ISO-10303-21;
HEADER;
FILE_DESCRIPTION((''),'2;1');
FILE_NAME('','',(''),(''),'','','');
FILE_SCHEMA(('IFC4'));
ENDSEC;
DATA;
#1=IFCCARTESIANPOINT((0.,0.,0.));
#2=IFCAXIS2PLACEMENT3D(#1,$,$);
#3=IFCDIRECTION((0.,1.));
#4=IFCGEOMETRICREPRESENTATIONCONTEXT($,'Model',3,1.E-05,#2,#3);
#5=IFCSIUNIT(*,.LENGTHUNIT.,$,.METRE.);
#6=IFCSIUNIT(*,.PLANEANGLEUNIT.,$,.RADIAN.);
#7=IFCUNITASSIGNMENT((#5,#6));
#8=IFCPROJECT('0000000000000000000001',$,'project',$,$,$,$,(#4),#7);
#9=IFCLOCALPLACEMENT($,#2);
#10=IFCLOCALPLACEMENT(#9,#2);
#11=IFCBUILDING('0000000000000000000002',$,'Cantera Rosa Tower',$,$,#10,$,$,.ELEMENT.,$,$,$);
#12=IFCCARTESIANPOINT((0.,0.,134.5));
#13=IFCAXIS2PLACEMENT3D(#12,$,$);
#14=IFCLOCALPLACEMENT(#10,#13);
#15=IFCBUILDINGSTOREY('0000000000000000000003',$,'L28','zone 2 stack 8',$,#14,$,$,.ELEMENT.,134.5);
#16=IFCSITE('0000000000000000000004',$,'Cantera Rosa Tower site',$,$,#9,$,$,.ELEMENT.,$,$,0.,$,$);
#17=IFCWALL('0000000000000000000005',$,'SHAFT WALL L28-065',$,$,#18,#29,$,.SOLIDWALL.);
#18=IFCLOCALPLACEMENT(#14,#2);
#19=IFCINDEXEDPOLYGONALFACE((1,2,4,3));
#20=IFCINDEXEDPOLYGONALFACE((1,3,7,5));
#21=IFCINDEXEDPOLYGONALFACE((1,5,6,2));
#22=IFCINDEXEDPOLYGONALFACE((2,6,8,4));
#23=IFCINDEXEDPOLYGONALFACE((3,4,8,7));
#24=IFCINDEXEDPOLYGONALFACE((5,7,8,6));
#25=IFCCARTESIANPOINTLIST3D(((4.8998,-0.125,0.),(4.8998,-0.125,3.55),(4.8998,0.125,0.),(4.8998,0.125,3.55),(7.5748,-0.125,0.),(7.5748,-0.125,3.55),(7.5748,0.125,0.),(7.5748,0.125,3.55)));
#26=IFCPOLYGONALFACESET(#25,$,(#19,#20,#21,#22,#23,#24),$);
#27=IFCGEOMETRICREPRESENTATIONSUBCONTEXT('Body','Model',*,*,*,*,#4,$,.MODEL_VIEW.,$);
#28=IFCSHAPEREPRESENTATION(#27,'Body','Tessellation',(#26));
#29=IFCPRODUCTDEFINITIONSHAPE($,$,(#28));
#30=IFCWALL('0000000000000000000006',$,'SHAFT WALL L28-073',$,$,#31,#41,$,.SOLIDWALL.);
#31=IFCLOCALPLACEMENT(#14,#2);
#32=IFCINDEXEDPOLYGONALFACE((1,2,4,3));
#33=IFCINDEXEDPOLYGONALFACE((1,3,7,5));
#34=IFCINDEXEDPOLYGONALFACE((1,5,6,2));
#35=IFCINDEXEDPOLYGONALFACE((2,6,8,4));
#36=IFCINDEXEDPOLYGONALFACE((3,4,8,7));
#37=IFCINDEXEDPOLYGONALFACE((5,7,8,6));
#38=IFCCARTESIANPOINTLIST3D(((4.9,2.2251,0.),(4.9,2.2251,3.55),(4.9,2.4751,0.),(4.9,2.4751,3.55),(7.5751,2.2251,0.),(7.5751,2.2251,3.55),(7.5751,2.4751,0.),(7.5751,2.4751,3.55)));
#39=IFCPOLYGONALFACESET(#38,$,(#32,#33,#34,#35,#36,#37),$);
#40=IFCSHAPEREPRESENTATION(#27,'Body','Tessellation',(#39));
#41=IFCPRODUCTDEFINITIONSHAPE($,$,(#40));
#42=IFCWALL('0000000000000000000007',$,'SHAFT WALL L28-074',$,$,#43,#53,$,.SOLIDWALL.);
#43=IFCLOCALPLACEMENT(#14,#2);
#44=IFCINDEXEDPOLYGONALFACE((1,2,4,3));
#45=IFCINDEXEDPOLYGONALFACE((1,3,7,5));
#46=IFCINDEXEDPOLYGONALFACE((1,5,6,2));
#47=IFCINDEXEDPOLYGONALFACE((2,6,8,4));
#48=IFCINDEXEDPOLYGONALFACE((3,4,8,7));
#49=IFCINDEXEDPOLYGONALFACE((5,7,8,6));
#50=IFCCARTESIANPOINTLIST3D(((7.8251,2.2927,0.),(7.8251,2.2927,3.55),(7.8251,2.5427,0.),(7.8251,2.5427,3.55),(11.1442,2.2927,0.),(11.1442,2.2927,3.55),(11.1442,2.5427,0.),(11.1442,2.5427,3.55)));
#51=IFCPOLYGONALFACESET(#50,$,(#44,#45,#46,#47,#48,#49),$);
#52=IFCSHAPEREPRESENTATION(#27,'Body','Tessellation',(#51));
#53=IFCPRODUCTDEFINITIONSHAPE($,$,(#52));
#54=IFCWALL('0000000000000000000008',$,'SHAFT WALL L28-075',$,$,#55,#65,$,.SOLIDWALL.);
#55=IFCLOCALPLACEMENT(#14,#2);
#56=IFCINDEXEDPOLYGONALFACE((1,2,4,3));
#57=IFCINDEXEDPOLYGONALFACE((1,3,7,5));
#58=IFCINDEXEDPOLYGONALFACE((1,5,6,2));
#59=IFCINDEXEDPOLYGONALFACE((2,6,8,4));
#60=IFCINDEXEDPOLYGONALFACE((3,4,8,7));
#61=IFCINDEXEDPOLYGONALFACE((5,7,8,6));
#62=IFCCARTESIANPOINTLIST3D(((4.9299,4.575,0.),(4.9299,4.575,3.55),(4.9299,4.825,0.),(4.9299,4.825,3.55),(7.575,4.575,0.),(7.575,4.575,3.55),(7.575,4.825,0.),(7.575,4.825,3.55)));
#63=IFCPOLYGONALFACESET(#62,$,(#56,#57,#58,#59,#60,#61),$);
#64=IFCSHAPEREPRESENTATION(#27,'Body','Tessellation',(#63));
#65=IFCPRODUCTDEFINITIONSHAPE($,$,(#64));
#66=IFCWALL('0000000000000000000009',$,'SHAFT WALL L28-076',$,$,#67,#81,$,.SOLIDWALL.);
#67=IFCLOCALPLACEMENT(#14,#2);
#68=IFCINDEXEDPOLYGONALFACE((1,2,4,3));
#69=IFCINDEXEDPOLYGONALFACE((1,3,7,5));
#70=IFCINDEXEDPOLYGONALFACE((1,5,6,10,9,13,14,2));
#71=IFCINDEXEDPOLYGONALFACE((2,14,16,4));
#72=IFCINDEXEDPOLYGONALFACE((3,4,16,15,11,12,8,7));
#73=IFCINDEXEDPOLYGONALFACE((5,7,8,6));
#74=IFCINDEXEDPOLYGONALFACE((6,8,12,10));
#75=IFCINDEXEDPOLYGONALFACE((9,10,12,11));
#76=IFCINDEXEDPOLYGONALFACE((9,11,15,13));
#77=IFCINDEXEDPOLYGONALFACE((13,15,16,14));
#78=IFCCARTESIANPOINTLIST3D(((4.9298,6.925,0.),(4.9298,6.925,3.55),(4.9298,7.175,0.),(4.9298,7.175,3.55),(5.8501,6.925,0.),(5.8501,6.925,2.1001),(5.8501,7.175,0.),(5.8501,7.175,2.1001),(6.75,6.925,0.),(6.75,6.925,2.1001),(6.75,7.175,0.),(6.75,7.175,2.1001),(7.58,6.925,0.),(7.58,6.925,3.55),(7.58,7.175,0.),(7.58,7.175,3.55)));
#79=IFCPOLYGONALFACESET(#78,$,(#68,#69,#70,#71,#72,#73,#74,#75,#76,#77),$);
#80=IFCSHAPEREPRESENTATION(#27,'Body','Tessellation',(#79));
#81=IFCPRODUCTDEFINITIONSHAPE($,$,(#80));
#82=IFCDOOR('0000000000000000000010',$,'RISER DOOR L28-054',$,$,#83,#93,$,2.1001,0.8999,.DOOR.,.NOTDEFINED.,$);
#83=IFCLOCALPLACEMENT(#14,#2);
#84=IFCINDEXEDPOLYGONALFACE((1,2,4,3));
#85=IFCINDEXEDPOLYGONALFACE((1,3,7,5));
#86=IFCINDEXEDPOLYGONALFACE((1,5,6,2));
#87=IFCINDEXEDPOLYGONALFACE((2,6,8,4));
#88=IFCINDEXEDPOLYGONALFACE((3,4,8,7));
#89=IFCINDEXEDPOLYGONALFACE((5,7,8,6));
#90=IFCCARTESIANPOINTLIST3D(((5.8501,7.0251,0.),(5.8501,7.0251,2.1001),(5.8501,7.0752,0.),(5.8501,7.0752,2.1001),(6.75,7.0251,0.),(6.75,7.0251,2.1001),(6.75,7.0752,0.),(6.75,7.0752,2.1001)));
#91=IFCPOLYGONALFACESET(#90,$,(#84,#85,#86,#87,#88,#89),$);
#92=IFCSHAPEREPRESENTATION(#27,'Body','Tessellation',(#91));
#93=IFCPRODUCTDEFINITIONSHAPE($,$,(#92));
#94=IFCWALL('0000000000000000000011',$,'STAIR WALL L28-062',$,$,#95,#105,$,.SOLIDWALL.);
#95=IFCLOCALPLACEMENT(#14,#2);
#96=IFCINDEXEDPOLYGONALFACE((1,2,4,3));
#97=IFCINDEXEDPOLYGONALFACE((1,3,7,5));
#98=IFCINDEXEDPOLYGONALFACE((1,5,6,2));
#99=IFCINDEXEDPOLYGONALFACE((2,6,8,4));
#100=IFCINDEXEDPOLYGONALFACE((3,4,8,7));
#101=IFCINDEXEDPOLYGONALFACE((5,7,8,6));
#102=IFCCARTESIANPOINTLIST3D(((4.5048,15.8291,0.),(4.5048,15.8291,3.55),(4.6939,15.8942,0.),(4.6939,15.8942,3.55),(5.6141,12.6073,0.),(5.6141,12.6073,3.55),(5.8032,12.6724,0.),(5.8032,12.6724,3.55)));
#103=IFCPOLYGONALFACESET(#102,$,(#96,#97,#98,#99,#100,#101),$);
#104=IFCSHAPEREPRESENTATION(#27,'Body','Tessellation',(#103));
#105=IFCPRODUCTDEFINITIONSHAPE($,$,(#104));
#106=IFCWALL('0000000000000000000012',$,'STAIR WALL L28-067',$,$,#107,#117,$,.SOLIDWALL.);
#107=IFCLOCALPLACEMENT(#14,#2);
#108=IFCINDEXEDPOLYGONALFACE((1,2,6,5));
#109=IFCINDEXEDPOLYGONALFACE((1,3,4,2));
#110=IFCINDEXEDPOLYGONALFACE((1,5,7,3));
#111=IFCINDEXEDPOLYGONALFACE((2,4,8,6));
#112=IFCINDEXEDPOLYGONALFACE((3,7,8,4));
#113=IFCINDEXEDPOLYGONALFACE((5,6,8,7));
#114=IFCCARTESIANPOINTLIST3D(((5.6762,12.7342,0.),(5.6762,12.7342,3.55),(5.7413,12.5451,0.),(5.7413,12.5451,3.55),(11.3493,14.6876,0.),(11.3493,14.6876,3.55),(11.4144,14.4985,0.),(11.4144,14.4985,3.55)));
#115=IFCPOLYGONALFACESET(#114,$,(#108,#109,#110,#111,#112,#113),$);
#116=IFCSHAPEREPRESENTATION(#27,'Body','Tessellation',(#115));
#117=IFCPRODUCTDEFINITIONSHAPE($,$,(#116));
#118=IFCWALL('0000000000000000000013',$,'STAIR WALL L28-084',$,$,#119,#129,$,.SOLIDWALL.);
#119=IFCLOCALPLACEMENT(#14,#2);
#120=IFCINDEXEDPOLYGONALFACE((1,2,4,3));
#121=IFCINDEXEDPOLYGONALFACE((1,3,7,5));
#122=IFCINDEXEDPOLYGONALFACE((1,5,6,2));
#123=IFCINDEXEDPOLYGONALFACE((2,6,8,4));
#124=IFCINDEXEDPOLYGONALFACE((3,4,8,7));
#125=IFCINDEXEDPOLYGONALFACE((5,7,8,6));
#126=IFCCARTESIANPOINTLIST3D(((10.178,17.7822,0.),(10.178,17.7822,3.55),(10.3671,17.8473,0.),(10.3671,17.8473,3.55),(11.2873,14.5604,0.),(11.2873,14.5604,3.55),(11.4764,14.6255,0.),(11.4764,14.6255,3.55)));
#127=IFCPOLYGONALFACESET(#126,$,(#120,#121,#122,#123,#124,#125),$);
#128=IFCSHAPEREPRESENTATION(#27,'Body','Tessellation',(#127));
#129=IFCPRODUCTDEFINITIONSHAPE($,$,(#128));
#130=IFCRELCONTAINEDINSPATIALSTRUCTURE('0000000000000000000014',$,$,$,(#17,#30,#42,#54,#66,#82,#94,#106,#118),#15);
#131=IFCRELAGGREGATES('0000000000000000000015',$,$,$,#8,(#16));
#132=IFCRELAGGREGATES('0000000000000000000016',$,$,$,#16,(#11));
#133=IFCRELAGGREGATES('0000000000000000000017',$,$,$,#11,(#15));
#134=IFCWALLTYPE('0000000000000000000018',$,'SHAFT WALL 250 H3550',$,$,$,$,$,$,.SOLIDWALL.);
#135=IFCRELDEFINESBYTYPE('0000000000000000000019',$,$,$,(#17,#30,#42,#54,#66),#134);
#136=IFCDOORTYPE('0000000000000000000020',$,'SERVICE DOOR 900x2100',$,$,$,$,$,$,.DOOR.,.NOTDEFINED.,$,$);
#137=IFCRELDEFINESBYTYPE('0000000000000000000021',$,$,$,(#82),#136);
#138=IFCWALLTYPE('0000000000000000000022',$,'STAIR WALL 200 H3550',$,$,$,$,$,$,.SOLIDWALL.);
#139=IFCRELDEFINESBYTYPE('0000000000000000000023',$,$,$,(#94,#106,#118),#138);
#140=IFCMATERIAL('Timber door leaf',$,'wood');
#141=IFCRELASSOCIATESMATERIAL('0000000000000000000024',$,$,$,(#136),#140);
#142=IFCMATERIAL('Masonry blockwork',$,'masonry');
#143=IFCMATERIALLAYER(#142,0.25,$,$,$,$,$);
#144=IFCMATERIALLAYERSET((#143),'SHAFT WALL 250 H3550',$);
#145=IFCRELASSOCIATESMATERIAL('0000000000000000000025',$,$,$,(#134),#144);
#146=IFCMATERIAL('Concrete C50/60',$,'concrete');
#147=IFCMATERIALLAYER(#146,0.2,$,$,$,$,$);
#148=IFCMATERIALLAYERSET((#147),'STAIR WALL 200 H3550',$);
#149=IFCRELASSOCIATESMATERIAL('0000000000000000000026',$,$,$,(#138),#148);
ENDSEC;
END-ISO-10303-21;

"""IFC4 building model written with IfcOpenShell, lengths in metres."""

from ifc_helpers import new_model, si_unit, direction, frame, frame_2d, origin, place, context, subcontext, project, spatial, rectangle, extrude, material, layer, layer_set, type_object, element, fill, save


model = new_model("IFC4")

# Units and contexts
model_context = context("Model", 3, precision=1e-05, world=origin(), true_north=direction((0.0, 1.0)))
body_context = subcontext(model_context, "Body", "Model", "MODEL_VIEW")
ifc_project = project(units=[si_unit("LENGTHUNIT", "METRE"), si_unit("PLANEANGLEUNIT", "RADIAN")], contexts=[model_context])

# Site, building, storey
site_placement = place(None, origin())
site = spatial("IfcSite", under=ifc_project, at=site_placement, Name="Cantera Rosa Tower site", CompositionType="ELEMENT", RefElevation=0.0)
building_placement = place(site_placement, origin())
building = spatial("IfcBuilding", under=site, at=building_placement, Name="Cantera Rosa Tower", CompositionType="ELEMENT")
storey_placement = place(building_placement, frame((0.0, 0.0, 134.5)))
storey = spatial("IfcBuildingStorey", under=building, at=storey_placement, Name="L28", Description="zone 2 stack 8", CompositionType="ELEMENT", Elevation=134.5)

# Shared definitions
ifc_material_1 = material(Name="Timber door leaf", Category="wood")
door_type_1 = type_object("IfcDoorType", Name="SERVICE DOOR 900x2100", OperationType="NOTDEFINED", PredefinedType="DOOR", material=ifc_material_1)

# Walls
ifc_material_2 = material(Name="Masonry blockwork", Category="masonry")
ifc_layer_1 = layer(ifc_material_2, 0.25)
ifc_layer_set_1 = layer_set([ifc_layer_1], Name="SHAFT WALL 250 H3550")
wall_type_1 = type_object("IfcWallType", Name="SHAFT WALL 250 H3550", PredefinedType="SOLIDWALL", material=ifc_layer_set_1)
for number, where, z_axis, x_axis, name in (
    (1, (4.8999, 0.0, 0.0), (0.0, 0.0, 1.0), (1.0, 0.0, 0.0), "SHAFT WALL L28-065"),
    (2, (7.575, 2.3501, 0.0), (0.0, 0.0, 1.0), (-1.0, 0.0, 0.0), "SHAFT WALL L28-073"),
):
    element("IfcWall", number, at=place(storey_placement, frame(where, z_axis=z_axis, x_axis=x_axis)), inside=storey, type_object=wall_type_1, Name=name, PredefinedType="SOLIDWALL", context=body_context, shape_type="SweptSolid", body=[
        extrude(rectangle(XDim=2.675, YDim=0.25, at=frame_2d((1.3374, 0.0))), origin(), (0.0, 0.0, 1.0), 3.55),
    ])
wall_1_placement = place(storey_placement, frame((7.825, 2.4177, 0.0), z_axis=(0.0, 0.0, 1.0), x_axis=(1.0, 0.0, 0.0)))
element("IfcWall", 3, at=wall_1_placement, inside=storey, type_object=wall_type_1, Name="SHAFT WALL L28-074", PredefinedType="SOLIDWALL", context=body_context, shape_type="SweptSolid", body=[
    extrude(rectangle(XDim=3.3191, YDim=0.25, at=frame_2d((1.6597, 0.0))), origin(), (0.0, 0.0, 1.0), 3.55),
])
wall_2_placement = place(storey_placement, frame((7.575, 4.7, 0.0), z_axis=(0.0, 0.0, 1.0), x_axis=(-1.0, 0.0, 0.0)))
element("IfcWall", 4, at=wall_2_placement, inside=storey, type_object=wall_type_1, Name="SHAFT WALL L28-075", PredefinedType="SOLIDWALL", context=body_context, shape_type="SweptSolid", body=[
    extrude(rectangle(XDim=2.645, YDim=0.25, at=frame_2d((1.3225, 0.0))), origin(), (0.0, 0.0, 1.0), 3.55),
])

# Wall, opening, door
wall_3_placement = place(storey_placement, frame((7.5801, 7.05, 0.0), z_axis=(0.0, 0.0, 1.0), x_axis=(-1.0, 0.0, 0.0)))
wall_3 = element("IfcWall", 5, at=wall_3_placement, inside=storey, type_object=wall_type_1, Name="SHAFT WALL L28-076", PredefinedType="SOLIDWALL", context=body_context, shape_type="SweptSolid", body=[
    extrude(rectangle(XDim=2.6501, YDim=0.25, at=frame_2d((1.3252, 0.0))), origin(), (0.0, 0.0, 1.0), 3.55),
])
opening_1_placement = place(wall_3_placement, frame((0.8301, 0.0, 0.0)))
opening_1 = element("IfcOpeningElement", 6, at=opening_1_placement, cuts=wall_3, PredefinedType="OPENING", context=body_context, shape_type="SweptSolid", body=[
    extrude(rectangle(XDim=0.8999, YDim=2.1001, at=frame_2d((0.45, 1.05))), frame((0.0, 0.135, 0.0), z_axis=(0.0, -1.0, 0.0), x_axis=(1.0, 0.0, 0.0)), (0.0, 0.0, 1.0), 0.27),
])
door_1_placement = place(opening_1_placement, origin())
door_1 = element("IfcDoor", 7, at=door_1_placement, inside=storey, type_object=door_type_1, Name="RISER DOOR L28-054", OperationType="NOTDEFINED", OverallHeight=2.1001, OverallWidth=0.8999, PredefinedType="DOOR", context=body_context, shape_type="SweptSolid", body=[
    extrude(rectangle(XDim=0.8999, YDim=2.1001, at=frame_2d((0.45, 1.05))), frame((0.0, 0.0249, 0.0), z_axis=(0.0, -1.0, 0.0), x_axis=(1.0, 0.0, 0.0)), (0.0, 0.0, 1.0), 0.05),
])
fill(opening_1, door_1)

# Walls
ifc_material_3 = material(Name="Concrete C50/60", Category="concrete")
ifc_layer_2 = layer(ifc_material_3, 0.2)
ifc_layer_set_2 = layer_set([ifc_layer_2], Name="STAIR WALL 200 H3550")
wall_type_2 = type_object("IfcWallType", Name="STAIR WALL 200 H3550", PredefinedType="SOLIDWALL", material=ifc_layer_set_2)
wall_4_placement = place(storey_placement, frame((4.5994, 15.8616, 0.0), z_axis=(0.0, 0.0, 1.0), x_axis=(0.325562, -0.945521, 0.0)))
element("IfcWall", 8, at=wall_4_placement, inside=storey, type_object=wall_type_2, Name="STAIR WALL L28-062", PredefinedType="SOLIDWALL", context=body_context, shape_type="SweptSolid", body=[
    extrude(rectangle(XDim=3.4075, YDim=0.2, at=frame_2d((1.7036, 0.0))), origin(), (0.0, 0.0, 1.0), 3.55),
])
wall_5_placement = place(storey_placement, frame((5.7087, 12.6396, 0.0), z_axis=(0.0, 0.0, 1.0), x_axis=(0.94552, 0.325563, 0.0)))
element("IfcWall", 9, at=wall_5_placement, inside=storey, type_object=wall_type_2, Name="STAIR WALL L28-067", PredefinedType="SOLIDWALL", context=body_context, shape_type="SweptSolid", body=[
    extrude(rectangle(XDim=6.0, YDim=0.2, at=frame_2d((3.0, 0.0))), origin(), (0.0, 0.0, 1.0), 3.55),
])
wall_6_placement = place(storey_placement, frame((11.3818, 14.593, 0.0), z_axis=(0.0, 0.0, 1.0), x_axis=(-0.325562, 0.945521, 0.0)))
element("IfcWall", 10, at=wall_6_placement, inside=storey, type_object=wall_type_2, Name="STAIR WALL L28-084", PredefinedType="SOLIDWALL", context=body_context, shape_type="SweptSolid", body=[
    extrude(rectangle(XDim=3.4075, YDim=0.2, at=frame_2d((1.7036, 0.0))), origin(), (0.0, 0.0, 1.0), 3.55),
])

save(model, "model.ifc")
